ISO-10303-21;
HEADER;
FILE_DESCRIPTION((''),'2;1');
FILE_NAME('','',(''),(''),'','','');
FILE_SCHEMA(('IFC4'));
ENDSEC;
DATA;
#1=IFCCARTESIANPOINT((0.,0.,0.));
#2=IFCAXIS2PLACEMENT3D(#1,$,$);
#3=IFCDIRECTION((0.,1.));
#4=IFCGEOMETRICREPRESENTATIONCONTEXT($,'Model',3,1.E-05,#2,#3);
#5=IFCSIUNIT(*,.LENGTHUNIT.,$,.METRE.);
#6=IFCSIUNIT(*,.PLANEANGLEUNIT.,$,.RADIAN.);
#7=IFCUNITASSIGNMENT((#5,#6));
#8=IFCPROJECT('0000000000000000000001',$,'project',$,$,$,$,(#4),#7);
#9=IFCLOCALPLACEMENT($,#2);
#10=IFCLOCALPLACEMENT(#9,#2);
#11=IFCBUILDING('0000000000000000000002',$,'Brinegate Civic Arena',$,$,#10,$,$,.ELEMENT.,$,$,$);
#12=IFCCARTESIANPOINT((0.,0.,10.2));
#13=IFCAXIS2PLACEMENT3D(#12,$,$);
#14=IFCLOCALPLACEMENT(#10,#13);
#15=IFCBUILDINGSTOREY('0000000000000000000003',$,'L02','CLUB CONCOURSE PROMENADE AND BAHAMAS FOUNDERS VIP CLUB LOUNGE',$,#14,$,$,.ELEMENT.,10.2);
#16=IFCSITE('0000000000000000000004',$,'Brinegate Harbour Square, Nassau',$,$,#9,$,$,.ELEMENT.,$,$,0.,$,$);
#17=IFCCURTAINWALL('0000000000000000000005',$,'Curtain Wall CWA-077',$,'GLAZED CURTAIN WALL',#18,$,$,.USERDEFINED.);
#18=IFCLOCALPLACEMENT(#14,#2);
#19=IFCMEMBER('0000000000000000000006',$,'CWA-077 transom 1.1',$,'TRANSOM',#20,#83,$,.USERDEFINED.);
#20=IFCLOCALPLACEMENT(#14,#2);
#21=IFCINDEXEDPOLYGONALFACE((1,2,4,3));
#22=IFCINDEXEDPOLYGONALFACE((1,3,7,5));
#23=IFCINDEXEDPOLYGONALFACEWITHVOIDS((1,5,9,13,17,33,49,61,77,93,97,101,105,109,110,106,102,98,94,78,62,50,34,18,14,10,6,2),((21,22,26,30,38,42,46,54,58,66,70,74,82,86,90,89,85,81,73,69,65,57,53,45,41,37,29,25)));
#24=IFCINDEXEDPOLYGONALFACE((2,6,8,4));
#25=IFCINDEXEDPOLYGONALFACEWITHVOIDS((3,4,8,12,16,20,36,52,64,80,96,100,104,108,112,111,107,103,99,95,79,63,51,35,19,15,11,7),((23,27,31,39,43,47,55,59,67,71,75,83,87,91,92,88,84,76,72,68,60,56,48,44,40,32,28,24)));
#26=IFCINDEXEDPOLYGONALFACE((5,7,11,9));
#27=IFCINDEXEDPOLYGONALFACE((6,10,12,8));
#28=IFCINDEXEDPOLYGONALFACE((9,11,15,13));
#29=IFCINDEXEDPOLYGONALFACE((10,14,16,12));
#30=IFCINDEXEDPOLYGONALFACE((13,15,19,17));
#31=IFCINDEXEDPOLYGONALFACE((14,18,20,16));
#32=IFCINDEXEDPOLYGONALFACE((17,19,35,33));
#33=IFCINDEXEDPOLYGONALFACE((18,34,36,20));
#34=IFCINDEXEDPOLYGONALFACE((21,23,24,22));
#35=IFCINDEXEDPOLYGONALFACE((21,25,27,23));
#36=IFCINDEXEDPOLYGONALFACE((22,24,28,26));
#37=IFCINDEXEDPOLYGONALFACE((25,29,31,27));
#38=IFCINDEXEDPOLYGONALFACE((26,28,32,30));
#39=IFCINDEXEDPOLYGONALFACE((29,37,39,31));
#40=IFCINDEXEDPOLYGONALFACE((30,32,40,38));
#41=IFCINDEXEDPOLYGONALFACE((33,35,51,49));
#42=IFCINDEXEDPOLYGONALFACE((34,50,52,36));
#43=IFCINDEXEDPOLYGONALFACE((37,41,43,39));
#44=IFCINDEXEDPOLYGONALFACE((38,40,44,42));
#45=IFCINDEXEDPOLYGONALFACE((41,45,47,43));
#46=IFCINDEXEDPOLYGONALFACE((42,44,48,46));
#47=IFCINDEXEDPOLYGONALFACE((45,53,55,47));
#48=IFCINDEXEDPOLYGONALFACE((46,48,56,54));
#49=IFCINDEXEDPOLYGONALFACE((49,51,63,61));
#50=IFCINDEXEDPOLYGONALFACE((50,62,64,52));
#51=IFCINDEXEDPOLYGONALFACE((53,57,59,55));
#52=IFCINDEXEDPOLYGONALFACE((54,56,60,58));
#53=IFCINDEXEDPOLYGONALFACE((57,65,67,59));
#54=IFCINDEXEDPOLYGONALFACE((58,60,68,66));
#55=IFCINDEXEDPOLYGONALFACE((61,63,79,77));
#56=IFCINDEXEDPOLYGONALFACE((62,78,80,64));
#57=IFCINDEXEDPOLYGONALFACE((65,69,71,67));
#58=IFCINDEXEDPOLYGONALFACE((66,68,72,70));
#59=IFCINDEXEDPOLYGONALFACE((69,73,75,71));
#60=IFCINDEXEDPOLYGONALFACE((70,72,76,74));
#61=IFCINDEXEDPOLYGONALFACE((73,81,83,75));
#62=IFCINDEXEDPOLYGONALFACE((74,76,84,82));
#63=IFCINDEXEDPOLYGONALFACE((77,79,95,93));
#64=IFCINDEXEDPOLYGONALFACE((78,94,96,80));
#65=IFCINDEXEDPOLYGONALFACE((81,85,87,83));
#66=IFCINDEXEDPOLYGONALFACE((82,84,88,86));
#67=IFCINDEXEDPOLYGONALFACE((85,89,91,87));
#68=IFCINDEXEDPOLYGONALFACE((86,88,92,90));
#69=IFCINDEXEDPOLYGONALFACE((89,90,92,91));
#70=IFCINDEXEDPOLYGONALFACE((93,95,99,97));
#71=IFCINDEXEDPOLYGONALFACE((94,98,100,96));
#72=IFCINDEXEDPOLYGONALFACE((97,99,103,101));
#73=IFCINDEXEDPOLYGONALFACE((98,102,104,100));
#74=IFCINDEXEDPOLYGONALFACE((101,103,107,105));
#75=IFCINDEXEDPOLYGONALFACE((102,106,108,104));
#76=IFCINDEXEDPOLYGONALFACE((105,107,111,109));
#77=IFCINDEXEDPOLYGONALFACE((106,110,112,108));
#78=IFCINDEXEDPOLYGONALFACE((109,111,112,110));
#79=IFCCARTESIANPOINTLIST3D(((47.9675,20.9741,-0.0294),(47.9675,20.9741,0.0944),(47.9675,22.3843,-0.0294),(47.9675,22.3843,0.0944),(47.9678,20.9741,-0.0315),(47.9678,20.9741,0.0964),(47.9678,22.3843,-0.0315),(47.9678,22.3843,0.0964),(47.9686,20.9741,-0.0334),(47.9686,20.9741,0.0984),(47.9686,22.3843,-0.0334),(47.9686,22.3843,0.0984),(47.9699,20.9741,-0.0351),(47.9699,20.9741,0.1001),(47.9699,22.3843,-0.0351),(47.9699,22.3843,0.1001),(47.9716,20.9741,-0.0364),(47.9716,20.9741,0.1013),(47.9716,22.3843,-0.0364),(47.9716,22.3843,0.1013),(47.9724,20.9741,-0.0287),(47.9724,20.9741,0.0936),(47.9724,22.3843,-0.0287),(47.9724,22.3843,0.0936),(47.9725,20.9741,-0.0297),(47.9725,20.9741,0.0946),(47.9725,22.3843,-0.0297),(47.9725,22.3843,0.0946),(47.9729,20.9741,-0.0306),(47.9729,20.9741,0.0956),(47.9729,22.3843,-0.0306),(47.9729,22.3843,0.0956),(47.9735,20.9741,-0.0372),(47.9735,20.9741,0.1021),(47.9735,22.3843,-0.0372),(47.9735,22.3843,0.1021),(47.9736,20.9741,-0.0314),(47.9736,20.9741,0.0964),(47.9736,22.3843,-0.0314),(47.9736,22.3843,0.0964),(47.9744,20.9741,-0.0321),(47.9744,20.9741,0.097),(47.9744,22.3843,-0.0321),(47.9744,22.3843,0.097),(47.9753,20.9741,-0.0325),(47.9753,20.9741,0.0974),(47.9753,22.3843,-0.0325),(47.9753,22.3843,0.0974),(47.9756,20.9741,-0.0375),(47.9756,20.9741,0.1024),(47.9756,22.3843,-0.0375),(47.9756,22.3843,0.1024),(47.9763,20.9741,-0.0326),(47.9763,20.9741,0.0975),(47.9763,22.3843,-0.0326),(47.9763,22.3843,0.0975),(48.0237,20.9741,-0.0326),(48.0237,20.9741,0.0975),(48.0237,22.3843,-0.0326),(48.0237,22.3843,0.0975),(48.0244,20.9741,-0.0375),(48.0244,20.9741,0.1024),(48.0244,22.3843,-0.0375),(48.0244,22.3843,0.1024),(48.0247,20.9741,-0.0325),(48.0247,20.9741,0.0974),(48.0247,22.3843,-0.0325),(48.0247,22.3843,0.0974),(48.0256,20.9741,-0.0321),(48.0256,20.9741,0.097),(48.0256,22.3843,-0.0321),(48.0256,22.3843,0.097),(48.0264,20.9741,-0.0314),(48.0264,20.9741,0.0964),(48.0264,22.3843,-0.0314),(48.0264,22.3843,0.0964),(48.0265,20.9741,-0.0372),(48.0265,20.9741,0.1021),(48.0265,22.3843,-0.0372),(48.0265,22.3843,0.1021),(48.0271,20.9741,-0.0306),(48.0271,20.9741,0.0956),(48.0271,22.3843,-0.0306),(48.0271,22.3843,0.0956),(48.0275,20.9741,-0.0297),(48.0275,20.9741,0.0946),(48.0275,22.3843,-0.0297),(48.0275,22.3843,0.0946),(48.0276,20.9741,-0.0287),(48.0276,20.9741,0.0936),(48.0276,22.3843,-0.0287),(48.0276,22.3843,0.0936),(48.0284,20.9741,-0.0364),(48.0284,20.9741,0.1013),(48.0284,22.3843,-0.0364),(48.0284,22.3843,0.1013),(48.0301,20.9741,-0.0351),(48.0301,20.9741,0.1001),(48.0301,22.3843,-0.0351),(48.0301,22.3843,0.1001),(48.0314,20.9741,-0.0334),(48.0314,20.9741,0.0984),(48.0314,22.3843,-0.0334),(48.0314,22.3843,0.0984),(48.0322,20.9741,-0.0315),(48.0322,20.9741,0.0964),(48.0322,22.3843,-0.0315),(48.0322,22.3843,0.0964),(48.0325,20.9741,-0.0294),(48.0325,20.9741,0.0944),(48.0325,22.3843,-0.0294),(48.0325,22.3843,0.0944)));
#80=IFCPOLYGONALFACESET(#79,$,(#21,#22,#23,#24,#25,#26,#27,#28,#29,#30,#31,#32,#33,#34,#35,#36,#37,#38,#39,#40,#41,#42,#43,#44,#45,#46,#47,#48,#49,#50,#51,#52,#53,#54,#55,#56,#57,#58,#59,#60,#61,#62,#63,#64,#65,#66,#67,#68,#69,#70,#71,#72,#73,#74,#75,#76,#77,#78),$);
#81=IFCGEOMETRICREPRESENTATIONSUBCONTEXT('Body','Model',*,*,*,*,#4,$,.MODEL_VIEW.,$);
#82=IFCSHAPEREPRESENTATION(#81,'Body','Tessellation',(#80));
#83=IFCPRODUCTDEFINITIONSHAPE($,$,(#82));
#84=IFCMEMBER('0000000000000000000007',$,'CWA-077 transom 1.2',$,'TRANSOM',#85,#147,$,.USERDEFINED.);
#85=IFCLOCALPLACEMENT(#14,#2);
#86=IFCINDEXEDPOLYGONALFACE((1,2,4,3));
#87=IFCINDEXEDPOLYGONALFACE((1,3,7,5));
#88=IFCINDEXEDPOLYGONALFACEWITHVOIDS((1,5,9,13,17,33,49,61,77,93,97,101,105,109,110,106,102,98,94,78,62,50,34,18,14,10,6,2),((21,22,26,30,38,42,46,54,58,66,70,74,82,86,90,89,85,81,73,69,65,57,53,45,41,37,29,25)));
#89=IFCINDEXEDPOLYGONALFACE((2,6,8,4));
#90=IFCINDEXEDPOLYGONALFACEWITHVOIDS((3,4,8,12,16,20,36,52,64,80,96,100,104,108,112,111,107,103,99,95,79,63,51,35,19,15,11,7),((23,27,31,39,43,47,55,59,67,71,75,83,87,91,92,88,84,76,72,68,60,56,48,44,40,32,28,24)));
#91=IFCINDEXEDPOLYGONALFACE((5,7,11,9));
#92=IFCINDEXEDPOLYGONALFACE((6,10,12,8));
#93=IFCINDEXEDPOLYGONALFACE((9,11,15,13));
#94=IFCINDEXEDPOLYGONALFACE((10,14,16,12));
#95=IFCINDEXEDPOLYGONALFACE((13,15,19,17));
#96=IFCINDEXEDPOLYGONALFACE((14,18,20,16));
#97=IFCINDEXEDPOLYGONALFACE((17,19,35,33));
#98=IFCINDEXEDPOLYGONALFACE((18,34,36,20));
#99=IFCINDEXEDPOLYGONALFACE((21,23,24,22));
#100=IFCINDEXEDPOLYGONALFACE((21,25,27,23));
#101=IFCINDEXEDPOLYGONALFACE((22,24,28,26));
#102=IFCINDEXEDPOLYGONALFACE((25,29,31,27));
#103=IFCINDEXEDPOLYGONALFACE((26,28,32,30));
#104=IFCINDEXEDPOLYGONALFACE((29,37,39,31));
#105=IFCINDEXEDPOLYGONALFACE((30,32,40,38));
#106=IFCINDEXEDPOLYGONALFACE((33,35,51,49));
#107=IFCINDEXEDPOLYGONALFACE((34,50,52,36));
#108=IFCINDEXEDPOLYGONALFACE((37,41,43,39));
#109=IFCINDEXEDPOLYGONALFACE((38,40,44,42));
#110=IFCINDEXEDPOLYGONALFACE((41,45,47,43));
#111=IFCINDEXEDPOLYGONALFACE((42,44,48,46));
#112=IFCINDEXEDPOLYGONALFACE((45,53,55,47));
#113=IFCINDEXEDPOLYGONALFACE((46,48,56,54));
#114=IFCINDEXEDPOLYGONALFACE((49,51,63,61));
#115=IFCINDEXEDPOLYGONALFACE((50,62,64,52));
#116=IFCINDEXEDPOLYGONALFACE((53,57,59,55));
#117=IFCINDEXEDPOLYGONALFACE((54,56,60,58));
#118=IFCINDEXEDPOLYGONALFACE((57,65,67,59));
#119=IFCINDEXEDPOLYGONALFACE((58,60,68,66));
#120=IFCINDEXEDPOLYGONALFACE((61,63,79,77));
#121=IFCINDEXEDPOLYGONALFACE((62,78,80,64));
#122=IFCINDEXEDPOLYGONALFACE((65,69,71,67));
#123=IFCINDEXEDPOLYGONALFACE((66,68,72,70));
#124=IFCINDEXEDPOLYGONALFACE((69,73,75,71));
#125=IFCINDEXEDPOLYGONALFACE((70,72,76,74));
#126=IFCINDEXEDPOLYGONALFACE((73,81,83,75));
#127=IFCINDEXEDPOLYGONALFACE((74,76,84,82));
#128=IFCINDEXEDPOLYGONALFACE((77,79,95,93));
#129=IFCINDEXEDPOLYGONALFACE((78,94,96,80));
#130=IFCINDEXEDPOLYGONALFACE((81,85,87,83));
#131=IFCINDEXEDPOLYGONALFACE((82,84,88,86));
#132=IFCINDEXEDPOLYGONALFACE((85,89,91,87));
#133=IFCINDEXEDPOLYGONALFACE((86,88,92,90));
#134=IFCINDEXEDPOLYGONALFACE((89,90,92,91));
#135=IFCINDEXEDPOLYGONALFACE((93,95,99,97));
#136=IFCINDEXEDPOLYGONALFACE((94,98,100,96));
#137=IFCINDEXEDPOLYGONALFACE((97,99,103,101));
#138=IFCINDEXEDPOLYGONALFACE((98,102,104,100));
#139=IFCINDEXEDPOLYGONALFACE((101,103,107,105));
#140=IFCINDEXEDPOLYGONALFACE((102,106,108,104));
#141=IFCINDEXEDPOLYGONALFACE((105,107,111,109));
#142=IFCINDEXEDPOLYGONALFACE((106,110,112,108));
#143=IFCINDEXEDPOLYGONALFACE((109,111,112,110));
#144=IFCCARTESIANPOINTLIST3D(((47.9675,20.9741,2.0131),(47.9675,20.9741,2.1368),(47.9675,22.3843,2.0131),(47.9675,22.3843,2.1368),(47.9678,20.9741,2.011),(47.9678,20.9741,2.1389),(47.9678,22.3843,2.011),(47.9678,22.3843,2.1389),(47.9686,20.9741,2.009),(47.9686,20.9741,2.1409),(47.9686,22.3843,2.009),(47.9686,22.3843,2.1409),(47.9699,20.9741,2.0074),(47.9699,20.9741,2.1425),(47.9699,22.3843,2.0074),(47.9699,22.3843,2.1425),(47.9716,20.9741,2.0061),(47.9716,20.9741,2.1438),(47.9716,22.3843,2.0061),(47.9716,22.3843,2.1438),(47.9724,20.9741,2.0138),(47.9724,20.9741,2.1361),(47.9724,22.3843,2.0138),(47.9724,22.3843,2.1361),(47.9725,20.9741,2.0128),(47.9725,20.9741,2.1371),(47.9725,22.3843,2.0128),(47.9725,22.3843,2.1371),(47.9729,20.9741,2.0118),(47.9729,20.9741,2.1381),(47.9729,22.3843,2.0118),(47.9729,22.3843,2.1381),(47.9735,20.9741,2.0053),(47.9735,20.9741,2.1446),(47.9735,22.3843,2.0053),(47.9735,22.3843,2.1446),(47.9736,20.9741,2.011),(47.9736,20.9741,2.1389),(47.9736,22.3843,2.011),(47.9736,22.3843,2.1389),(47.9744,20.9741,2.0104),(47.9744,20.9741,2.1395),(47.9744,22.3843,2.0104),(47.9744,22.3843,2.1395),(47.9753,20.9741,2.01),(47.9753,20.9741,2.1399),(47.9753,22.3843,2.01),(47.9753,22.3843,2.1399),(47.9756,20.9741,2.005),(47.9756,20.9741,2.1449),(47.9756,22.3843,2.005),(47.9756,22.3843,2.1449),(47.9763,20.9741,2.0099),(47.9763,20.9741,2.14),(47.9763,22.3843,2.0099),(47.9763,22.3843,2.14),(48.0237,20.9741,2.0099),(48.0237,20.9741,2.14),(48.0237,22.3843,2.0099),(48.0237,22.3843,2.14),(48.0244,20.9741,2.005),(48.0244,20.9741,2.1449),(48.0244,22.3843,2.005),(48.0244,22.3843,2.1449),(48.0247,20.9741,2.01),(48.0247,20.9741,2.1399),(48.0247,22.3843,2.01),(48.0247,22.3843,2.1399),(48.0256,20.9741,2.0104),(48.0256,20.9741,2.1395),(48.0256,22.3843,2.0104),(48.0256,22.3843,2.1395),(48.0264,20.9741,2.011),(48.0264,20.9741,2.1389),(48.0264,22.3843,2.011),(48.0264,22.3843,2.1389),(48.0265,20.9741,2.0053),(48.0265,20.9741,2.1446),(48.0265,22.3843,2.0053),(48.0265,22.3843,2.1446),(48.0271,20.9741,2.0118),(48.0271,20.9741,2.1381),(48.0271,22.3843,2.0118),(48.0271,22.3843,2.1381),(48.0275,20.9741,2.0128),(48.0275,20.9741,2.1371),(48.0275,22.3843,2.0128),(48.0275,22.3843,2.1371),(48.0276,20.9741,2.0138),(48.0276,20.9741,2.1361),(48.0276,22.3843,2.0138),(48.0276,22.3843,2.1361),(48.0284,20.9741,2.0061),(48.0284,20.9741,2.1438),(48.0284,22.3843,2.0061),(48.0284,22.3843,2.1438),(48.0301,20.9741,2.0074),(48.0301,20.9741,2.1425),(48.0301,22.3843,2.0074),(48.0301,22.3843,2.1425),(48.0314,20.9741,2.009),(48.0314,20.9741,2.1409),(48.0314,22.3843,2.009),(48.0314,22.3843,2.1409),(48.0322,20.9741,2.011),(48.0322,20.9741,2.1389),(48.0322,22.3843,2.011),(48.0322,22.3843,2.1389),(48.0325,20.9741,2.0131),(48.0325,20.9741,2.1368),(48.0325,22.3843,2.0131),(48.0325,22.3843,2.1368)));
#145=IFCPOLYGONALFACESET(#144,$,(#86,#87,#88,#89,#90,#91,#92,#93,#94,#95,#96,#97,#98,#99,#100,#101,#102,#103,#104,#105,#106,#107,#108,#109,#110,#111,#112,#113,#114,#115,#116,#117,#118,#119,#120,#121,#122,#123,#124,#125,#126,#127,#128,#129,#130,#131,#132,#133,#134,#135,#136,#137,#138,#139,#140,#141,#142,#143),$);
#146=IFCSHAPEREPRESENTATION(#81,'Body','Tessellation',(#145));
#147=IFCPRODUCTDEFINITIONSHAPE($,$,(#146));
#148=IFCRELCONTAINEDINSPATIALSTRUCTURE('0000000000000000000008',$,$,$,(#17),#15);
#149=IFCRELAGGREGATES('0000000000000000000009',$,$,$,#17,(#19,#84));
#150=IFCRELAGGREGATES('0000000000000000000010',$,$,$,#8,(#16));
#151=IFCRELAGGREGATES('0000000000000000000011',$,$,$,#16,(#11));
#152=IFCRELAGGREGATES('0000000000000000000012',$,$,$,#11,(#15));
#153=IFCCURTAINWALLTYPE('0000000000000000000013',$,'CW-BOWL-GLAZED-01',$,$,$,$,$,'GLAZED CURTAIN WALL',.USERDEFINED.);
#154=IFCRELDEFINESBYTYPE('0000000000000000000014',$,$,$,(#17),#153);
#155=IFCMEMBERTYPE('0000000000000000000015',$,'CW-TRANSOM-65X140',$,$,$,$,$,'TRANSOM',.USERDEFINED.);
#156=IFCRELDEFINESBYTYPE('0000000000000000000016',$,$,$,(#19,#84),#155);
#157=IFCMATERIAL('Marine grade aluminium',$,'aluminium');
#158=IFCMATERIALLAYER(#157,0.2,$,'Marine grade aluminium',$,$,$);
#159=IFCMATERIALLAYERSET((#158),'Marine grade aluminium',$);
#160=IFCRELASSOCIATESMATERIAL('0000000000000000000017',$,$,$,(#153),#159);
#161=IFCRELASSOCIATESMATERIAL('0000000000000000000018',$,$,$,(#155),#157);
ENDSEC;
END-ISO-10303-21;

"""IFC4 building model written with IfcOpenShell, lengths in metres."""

from ifc_helpers import new_model, si_unit, direction, frame, origin, origin_2d, place, context, subcontext, project, spatial, hollow_rectangle, extrude, material, layer, layer_set, material_profile, profile_set, type_object, element, aggregate, save


model = new_model("IFC4")

# Units and contexts
model_context = context("Model", 3, precision=1e-05, world=origin(), true_north=direction((0.0, 1.0)))
body_context = subcontext(model_context, "Body", "Model", "MODEL_VIEW")
ifc_project = project(units=[si_unit("LENGTHUNIT", "METRE"), si_unit("PLANEANGLEUNIT", "RADIAN")], contexts=[model_context])

# Site, building, storey
site_placement = place(None, origin())
site = spatial("IfcSite", under=ifc_project, at=site_placement, Name="Brinegate Harbour Square, Nassau", CompositionType="ELEMENT", RefElevation=0.0)
building_placement = place(site_placement, origin())
building = spatial("IfcBuilding", under=site, at=building_placement, Name="Brinegate Civic Arena", CompositionType="ELEMENT")
storey_placement = place(building_placement, frame((0.0, 0.0, 10.2)))
storey = spatial("IfcBuildingStorey", under=building, at=storey_placement, Name="L02", Description="CLUB CONCOURSE PROMENADE AND BAHAMAS FOUNDERS VIP CLUB LOUNGE", CompositionType="ELEMENT", Elevation=10.2)

# Curtain wall
ifc_material_1 = material(Name="Marine grade aluminium", Category="aluminium")
ifc_layer_1 = layer(ifc_material_1, 0.2, Name="Marine grade aluminium")
ifc_layer_set_1 = layer_set([ifc_layer_1], Name="Marine grade aluminium")
curtain_wall_type = type_object("IfcCurtainWallType", Name="CW-BOWL-GLAZED-01", ElementType="GLAZED CURTAIN WALL", PredefinedType="USERDEFINED", material=ifc_layer_set_1)
curtain_wall_1_placement = place(storey_placement, origin())
curtain_wall_1 = element("IfcCurtainWall", 1, at=curtain_wall_1_placement, inside=storey, type_object=curtain_wall_type, Name="Curtain Wall CWA-077", ObjectType="GLAZED CURTAIN WALL", PredefinedType="USERDEFINED")

# Members
ifc_material_profile_1 = material_profile(ifc_material_1, hollow_rectangle(XDim=0.0649, YDim=0.1399, WallThickness=0.0049, InnerFilletRadius=0.0039, OuterFilletRadius=0.0081, at=origin_2d()), Name="TRN65X140")
ifc_profile_set_1 = profile_set([ifc_material_profile_1], Name="Marine grade aluminium")
member_type_1 = type_object("IfcMemberType", Name="CW-TRANSOM-65X140", ElementType="TRANSOM", PredefinedType="USERDEFINED", material=ifc_profile_set_1)
member_1_placement = place(storey_placement, frame((48.0, 20.9741, 0.0325), z_axis=(0.0, 1.0, 0.0), x_axis=(-1.0, 0.0, 0.0)))
member_1 = element("IfcMember", 2, at=member_1_placement, type_object=member_type_1, Name="CWA-077 transom 1.1", ObjectType="TRANSOM", PredefinedType="USERDEFINED", context=body_context, shape_type="SweptSolid", body=[
    extrude(hollow_rectangle(XDim=0.0649, YDim=0.1399, WallThickness=0.0049, InnerFilletRadius=0.0039, OuterFilletRadius=0.0081, at=origin_2d()), origin(), (0.0, 0.0, 1.0), 1.4102),
])
member_2_placement = place(storey_placement, frame((48.0, 20.9741, 2.075), z_axis=(0.0, 1.0, 0.0), x_axis=(-1.0, 0.0, 0.0)))
member_2 = element("IfcMember", 3, at=member_2_placement, type_object=member_type_1, Name="CWA-077 transom 1.2", ObjectType="TRANSOM", PredefinedType="USERDEFINED", context=body_context, shape_type="SweptSolid", body=[
    extrude(hollow_rectangle(XDim=0.0649, YDim=0.1399, WallThickness=0.0049, InnerFilletRadius=0.0039, OuterFilletRadius=0.0081, at=origin_2d()), origin(), (0.0, 0.0, 1.0), 1.4102),
])

aggregate(curtain_wall_1, [member_1, member_2])

save(model, "model.ifc")
